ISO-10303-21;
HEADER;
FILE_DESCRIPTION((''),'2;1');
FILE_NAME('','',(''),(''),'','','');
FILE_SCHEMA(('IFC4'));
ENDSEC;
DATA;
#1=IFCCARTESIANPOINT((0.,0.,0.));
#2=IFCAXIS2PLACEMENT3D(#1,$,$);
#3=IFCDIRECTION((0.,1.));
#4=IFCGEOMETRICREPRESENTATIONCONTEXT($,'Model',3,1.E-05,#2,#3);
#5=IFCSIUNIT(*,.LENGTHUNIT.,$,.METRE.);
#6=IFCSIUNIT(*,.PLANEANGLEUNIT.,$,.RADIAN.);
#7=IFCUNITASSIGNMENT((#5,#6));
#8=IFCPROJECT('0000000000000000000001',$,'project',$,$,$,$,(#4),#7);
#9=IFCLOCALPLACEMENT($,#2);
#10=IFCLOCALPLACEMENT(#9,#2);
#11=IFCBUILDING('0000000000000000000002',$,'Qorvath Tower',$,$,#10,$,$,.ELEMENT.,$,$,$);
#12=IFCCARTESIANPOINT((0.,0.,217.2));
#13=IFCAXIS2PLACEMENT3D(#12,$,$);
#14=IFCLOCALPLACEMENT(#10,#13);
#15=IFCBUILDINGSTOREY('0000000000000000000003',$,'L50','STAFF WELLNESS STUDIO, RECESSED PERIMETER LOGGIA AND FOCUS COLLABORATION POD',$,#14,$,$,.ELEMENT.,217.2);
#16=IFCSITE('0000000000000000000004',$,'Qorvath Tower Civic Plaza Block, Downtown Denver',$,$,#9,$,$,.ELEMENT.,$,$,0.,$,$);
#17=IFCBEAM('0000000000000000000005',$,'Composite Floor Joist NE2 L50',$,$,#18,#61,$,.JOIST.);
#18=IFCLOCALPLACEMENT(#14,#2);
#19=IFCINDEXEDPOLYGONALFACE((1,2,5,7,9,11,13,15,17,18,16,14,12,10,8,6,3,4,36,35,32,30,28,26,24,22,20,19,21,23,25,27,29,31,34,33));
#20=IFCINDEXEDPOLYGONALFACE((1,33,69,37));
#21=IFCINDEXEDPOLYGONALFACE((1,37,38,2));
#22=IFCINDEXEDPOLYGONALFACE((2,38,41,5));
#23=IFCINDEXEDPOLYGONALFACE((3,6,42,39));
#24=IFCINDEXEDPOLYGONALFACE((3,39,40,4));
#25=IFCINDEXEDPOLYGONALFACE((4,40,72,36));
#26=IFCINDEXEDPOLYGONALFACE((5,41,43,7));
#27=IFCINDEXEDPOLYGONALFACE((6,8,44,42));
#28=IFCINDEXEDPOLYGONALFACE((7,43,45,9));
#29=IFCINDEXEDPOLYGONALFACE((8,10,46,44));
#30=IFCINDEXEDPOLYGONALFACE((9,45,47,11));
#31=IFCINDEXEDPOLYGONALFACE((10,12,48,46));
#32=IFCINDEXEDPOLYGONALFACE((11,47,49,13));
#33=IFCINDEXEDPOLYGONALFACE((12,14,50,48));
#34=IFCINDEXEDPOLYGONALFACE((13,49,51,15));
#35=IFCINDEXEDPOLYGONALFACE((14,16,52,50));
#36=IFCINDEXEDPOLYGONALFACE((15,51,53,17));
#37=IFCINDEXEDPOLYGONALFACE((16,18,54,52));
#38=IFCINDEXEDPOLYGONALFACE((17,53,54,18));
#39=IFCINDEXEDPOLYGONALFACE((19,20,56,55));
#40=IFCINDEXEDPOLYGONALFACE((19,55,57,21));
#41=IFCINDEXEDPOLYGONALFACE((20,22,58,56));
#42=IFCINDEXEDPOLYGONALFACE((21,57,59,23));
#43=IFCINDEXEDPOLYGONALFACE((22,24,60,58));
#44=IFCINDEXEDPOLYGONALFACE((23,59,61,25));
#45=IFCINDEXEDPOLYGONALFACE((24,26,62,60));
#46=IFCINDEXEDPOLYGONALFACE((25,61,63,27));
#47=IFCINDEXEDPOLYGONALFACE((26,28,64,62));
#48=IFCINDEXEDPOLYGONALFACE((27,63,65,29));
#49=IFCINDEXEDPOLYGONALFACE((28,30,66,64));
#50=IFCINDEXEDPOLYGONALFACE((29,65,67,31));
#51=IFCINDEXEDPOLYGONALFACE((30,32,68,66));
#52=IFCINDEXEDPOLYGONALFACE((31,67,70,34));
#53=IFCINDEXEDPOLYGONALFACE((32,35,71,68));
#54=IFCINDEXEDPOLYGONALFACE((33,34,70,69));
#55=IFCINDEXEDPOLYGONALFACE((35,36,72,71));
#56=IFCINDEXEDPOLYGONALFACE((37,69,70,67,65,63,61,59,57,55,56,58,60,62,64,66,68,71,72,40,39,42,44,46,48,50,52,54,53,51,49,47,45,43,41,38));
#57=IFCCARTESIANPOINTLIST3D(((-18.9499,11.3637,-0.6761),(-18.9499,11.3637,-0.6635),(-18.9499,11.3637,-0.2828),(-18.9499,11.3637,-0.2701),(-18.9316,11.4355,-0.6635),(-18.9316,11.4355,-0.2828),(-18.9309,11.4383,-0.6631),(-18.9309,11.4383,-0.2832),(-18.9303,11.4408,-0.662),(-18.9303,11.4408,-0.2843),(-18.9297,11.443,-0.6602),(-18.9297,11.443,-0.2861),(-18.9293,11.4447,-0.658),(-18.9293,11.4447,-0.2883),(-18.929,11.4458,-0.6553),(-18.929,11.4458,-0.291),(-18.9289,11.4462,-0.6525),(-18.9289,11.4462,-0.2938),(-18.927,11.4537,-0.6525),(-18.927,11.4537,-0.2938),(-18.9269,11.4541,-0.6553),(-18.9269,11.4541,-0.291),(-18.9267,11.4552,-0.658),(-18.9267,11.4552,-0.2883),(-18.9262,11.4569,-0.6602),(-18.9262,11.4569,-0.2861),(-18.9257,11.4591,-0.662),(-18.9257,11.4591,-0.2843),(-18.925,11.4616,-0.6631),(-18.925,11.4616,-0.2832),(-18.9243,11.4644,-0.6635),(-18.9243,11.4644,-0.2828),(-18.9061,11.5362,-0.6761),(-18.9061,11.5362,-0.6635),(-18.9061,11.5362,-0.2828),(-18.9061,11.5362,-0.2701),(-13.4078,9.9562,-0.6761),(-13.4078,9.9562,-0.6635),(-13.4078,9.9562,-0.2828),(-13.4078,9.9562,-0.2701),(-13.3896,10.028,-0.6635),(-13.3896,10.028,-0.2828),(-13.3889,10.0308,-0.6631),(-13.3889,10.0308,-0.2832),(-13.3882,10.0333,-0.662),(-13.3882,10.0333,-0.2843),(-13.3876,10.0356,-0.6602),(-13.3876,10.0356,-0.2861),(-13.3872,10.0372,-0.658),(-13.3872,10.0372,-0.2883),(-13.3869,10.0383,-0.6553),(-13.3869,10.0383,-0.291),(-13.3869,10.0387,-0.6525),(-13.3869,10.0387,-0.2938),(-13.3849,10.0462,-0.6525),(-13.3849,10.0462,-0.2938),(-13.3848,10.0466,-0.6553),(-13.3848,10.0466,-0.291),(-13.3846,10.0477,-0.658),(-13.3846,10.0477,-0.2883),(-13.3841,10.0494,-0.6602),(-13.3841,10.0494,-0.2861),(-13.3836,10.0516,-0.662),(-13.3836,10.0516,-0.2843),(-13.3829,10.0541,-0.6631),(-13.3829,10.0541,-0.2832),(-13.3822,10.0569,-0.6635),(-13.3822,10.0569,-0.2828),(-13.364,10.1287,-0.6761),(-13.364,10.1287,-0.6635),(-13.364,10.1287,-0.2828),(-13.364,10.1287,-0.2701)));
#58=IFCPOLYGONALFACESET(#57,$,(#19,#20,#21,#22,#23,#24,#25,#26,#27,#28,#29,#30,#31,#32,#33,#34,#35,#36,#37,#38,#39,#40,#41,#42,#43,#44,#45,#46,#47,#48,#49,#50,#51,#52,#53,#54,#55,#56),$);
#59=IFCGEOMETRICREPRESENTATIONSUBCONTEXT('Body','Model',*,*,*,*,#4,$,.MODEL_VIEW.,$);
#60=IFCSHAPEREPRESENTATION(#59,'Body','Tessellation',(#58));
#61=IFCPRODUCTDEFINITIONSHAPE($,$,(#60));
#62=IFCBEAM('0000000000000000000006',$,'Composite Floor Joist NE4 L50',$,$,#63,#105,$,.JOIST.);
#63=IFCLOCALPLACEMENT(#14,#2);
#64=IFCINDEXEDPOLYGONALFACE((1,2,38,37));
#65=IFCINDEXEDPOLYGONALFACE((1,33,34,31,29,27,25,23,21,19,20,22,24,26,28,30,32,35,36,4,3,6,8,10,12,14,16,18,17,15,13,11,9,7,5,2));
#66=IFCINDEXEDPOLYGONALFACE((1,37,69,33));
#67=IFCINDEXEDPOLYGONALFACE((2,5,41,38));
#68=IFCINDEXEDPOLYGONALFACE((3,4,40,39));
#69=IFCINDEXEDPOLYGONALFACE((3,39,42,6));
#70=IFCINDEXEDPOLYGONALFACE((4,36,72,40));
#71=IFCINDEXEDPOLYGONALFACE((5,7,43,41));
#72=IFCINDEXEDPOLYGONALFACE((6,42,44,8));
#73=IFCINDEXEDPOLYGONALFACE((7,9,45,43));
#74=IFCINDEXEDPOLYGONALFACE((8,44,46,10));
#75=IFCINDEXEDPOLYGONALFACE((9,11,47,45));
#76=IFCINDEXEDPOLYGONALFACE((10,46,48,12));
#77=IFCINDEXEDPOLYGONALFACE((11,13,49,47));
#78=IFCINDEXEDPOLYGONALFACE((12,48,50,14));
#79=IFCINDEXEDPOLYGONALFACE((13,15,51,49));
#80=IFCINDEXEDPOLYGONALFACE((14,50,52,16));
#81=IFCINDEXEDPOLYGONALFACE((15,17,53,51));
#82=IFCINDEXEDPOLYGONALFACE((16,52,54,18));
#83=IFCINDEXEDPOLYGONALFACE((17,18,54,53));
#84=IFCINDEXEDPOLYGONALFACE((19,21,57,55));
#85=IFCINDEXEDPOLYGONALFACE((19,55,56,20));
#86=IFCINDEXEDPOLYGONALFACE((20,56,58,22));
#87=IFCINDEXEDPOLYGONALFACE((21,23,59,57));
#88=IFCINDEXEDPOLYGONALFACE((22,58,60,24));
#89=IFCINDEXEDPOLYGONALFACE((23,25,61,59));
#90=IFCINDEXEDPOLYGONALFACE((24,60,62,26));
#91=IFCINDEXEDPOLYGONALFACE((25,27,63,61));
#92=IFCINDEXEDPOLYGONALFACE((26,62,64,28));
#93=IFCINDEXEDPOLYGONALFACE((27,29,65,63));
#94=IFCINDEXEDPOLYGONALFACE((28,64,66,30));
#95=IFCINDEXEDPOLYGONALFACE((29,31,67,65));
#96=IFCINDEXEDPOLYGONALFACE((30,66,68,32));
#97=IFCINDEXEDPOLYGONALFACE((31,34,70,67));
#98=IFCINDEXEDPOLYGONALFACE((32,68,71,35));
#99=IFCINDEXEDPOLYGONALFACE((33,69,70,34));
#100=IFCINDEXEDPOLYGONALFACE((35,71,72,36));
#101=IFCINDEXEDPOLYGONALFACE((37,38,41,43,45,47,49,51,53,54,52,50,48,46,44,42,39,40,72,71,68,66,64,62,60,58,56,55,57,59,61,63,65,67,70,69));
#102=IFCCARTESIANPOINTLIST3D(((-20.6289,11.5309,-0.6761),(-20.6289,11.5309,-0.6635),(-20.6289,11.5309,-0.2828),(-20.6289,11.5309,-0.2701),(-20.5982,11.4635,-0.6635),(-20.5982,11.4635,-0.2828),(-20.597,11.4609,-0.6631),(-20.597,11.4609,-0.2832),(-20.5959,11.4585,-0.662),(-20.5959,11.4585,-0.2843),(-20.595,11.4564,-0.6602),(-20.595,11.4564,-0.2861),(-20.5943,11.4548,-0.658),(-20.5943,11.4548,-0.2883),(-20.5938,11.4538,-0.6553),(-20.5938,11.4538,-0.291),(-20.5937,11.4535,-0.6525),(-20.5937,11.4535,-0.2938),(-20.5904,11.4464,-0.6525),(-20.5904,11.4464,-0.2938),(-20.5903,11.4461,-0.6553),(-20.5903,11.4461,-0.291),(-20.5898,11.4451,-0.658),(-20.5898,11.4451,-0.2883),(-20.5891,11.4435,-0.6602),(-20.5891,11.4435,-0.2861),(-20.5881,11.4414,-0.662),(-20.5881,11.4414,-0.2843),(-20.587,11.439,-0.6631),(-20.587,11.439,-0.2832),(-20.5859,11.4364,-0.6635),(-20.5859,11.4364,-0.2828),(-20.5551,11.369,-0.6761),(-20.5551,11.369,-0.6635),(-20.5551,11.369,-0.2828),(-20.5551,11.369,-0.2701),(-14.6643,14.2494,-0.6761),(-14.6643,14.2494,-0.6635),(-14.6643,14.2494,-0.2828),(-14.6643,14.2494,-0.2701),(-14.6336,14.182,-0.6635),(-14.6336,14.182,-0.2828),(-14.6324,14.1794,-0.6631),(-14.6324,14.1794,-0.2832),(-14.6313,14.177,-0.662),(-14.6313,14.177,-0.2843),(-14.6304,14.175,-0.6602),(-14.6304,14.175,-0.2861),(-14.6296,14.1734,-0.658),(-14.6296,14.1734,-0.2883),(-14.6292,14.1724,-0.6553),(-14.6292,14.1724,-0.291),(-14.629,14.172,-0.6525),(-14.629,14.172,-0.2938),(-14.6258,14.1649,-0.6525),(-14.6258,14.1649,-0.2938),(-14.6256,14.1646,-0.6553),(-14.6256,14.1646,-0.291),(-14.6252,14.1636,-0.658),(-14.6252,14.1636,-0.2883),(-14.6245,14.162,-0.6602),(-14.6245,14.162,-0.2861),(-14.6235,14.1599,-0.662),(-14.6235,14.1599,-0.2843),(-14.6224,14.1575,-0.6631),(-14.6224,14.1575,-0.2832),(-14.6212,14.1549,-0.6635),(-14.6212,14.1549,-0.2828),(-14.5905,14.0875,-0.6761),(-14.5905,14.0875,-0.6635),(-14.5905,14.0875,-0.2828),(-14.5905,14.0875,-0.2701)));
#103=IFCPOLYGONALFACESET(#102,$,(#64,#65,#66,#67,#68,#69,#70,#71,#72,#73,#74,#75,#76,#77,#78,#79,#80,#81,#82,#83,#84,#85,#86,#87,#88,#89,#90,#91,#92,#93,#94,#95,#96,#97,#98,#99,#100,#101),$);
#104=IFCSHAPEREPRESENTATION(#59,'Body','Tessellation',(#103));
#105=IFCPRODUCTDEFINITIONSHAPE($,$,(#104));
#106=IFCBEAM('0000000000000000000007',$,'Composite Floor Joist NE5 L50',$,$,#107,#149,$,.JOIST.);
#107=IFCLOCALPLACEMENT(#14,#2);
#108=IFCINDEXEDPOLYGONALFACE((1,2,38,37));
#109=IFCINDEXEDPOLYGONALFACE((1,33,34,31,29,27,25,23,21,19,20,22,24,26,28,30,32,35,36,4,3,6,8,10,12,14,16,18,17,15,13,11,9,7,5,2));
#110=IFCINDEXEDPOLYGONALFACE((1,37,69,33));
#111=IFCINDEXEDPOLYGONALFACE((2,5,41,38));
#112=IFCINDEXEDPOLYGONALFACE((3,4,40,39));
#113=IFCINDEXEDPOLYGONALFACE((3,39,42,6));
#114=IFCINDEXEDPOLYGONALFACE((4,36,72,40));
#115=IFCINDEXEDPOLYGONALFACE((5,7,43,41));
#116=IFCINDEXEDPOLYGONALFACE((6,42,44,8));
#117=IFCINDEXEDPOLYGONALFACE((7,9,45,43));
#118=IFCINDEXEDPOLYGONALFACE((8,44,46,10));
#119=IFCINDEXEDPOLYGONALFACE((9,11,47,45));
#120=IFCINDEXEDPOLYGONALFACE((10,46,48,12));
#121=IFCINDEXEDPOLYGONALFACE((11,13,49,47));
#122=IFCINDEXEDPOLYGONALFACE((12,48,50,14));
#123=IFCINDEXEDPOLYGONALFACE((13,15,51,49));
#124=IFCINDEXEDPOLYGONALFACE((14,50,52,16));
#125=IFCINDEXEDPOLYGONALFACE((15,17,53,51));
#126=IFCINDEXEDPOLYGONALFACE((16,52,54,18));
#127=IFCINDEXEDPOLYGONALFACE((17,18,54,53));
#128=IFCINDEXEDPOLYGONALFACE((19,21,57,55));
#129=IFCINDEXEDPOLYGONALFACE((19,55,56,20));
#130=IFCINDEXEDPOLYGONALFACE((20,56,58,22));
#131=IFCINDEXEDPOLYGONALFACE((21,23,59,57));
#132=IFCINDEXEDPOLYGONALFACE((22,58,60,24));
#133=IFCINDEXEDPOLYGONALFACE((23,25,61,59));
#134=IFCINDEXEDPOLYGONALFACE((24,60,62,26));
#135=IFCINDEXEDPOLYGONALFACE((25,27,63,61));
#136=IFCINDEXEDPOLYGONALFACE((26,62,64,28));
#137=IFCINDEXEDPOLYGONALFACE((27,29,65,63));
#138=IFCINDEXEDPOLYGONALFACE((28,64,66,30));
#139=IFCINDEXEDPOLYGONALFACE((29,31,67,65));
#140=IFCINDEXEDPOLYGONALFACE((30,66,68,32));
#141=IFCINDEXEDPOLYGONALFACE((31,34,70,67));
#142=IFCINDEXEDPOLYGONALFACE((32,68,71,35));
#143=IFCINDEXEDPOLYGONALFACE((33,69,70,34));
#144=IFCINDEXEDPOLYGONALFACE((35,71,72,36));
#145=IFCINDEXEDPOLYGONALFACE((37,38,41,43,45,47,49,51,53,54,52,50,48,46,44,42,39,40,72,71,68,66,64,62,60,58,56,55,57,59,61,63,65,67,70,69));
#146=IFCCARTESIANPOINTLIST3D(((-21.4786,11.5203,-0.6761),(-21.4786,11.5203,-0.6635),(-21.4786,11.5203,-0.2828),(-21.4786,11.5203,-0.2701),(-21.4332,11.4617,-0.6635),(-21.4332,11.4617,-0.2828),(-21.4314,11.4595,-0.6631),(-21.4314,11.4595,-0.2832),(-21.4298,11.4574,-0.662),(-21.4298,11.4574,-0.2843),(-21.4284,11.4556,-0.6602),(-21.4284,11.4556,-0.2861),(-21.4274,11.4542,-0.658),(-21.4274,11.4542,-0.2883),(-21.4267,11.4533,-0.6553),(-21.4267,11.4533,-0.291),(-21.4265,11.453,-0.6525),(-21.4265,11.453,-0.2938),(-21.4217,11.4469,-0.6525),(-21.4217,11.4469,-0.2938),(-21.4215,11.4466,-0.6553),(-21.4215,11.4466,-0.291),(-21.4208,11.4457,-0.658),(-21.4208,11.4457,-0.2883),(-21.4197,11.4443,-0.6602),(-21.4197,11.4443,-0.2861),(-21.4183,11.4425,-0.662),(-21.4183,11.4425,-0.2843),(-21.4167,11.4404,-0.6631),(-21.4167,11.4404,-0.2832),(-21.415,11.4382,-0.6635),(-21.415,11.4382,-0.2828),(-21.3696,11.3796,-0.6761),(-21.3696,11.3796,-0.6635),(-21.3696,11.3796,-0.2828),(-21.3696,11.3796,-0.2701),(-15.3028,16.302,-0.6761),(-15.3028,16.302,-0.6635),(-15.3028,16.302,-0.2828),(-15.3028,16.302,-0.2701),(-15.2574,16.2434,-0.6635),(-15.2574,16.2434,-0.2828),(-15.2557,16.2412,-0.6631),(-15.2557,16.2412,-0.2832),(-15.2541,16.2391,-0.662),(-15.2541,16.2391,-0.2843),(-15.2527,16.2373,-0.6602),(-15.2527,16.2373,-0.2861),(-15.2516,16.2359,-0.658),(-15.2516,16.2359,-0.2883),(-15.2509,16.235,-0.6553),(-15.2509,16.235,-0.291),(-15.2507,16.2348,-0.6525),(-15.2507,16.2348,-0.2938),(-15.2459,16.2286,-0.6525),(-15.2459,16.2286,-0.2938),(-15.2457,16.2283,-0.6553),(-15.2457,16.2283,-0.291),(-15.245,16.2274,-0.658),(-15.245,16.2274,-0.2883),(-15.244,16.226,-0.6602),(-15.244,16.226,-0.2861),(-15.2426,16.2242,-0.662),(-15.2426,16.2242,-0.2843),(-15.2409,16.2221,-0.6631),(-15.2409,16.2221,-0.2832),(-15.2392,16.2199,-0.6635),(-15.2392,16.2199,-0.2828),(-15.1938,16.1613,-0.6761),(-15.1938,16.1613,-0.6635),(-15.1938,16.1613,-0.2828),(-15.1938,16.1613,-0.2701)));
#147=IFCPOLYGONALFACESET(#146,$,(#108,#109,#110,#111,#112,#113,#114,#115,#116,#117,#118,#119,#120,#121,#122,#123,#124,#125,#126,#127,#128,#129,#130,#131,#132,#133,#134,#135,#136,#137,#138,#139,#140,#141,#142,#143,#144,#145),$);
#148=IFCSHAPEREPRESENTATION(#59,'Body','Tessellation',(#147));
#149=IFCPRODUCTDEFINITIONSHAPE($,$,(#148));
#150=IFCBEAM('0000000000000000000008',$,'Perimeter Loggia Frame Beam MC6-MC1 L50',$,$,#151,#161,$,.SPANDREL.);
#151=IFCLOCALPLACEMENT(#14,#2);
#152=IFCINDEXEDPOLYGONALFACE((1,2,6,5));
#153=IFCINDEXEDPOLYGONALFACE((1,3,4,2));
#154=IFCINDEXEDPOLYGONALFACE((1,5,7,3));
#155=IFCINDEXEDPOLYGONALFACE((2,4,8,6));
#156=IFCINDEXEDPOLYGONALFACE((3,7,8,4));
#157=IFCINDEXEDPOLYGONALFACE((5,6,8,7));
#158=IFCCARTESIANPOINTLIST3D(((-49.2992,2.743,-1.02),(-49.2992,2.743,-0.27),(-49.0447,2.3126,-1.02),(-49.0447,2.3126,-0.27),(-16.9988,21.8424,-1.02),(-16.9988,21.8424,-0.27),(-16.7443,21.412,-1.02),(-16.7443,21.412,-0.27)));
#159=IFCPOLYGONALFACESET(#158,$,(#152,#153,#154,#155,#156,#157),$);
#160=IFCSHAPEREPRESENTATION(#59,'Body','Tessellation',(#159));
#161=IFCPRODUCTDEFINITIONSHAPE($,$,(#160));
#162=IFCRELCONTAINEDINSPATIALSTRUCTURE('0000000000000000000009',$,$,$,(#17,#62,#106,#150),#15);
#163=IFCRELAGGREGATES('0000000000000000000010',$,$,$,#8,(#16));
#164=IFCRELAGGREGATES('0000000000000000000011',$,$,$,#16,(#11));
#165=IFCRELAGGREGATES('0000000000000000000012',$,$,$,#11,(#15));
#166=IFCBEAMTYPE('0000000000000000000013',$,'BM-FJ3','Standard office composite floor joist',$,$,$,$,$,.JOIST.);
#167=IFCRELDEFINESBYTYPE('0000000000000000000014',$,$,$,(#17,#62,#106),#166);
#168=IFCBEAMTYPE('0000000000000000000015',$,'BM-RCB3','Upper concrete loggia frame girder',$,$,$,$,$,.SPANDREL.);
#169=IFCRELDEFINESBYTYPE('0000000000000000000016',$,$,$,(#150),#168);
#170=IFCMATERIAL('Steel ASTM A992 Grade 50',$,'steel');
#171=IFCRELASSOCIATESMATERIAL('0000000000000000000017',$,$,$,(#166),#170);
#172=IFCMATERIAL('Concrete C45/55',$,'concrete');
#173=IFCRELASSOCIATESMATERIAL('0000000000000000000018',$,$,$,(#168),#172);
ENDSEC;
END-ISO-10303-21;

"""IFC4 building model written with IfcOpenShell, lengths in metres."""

from ifc_helpers import new_model, si_unit, direction, frame, origin, origin_2d, place, context, subcontext, project, spatial, rectangle, i_section, extrude, material, material_profile, profile_set, type_object, element, save


model = new_model("IFC4")

# Units and contexts
model_context = context("Model", 3, precision=1e-05, world=origin(), true_north=direction((0.0, 1.0)))
body_context = subcontext(model_context, "Body", "Model", "MODEL_VIEW")
ifc_project = project(units=[si_unit("LENGTHUNIT", "METRE"), si_unit("PLANEANGLEUNIT", "RADIAN")], contexts=[model_context])

# Site, building, storey
site_placement = place(None, origin())
site = spatial("IfcSite", under=ifc_project, at=site_placement, Name="Qorvath Tower Civic Plaza Block, Downtown Denver", CompositionType="ELEMENT", RefElevation=0.0)
building_placement = place(site_placement, origin())
building = spatial("IfcBuilding", under=site, at=building_placement, Name="Qorvath Tower", CompositionType="ELEMENT")
storey_placement = place(building_placement, frame((0.0, 0.0, 217.2)))
storey = spatial("IfcBuildingStorey", under=building, at=storey_placement, Name="L50", Description="STAFF WELLNESS STUDIO, RECESSED PERIMETER LOGGIA AND FOCUS COLLABORATION POD", CompositionType="ELEMENT", Elevation=217.2)

# Beams
ifc_material_1 = material(Name="Steel ASTM A992 Grade 50", Category="steel")
ifc_material_profile_1 = material_profile(ifc_material_1, i_section(OverallWidth=0.178, OverallDepth=0.406, WebThickness=0.0078, FlangeThickness=0.0127, FilletRadius=0.011, at=origin_2d()), Name="W16x40")
ifc_profile_set_1 = profile_set([ifc_material_profile_1], Name="Steel ASTM A992 Grade 50")
beam_type_1 = type_object("IfcBeamType", Name="BM-FJ3", Description="Standard office composite floor joist", PredefinedType="JOIST", material=ifc_profile_set_1)
beam_1_placement = place(storey_placement, frame((-18.928, 11.45, -0.4731), z_axis=(0.969232, -0.246151, 0.0), x_axis=(0.246151, 0.969232, 0.0)))
element("IfcBeam", 1, at=beam_1_placement, inside=storey, type_object=beam_type_1, Name="Composite Floor Joist NE2 L50", PredefinedType="JOIST", context=body_context, shape_type="SweptSolid", body=[
    extrude(i_section(OverallWidth=0.178, OverallDepth=0.406, WebThickness=0.0078, FlangeThickness=0.0127, FilletRadius=0.011, at=origin_2d()), origin(), (0.0, 0.0, 1.0), 5.718),
])
beam_2_placement = place(storey_placement, frame((-20.592, 11.45, -0.4731), z_axis=(0.909945, 0.414729, 0.0), x_axis=(-0.414729, 0.909945, 0.0)))
element("IfcBeam", 2, at=beam_2_placement, inside=storey, type_object=beam_type_1, Name="Composite Floor Joist NE4 L50", PredefinedType="JOIST", context=body_context, shape_type="SweptSolid", body=[
    extrude(i_section(OverallWidth=0.178, OverallDepth=0.406, WebThickness=0.0078, FlangeThickness=0.0127, FilletRadius=0.011, at=origin_2d()), origin(), (0.0, 0.0, 1.0), 6.5549),
])
beam_3_placement = place(storey_placement, frame((-21.4241, 11.45, -0.4731), z_axis=(0.790693, 0.612212, 0.0), x_axis=(-0.612212, 0.790693, 0.0)))
element("IfcBeam", 3, at=beam_3_placement, inside=storey, type_object=beam_type_1, Name="Composite Floor Joist NE5 L50", PredefinedType="JOIST", context=body_context, shape_type="SweptSolid", body=[
    extrude(i_section(OverallWidth=0.178, OverallDepth=0.406, WebThickness=0.0078, FlangeThickness=0.0127, FilletRadius=0.011, at=origin_2d()), origin(), (0.0, 0.0, 1.0), 7.8105),
])
ifc_material_2 = material(Name="Concrete C45/55", Category="concrete")
ifc_material_profile_2 = material_profile(ifc_material_2, rectangle(XDim=0.5, YDim=0.75, at=origin_2d()), Name="RCB 750x500")
ifc_profile_set_2 = profile_set([ifc_material_profile_2], Name="Concrete C45/55")
beam_type_2 = type_object("IfcBeamType", Name="BM-RCB3", Description="Upper concrete loggia frame girder", PredefinedType="SPANDREL", material=ifc_profile_set_2)
beam_4_placement = place(storey_placement, frame((-16.8716, 21.6272, -0.645), z_axis=(-0.860777, -0.508983, 0.0), x_axis=(0.508983, -0.860777, 0.0)))
element("IfcBeam", 4, at=beam_4_placement, inside=storey, type_object=beam_type_2, Name="Perimeter Loggia Frame Beam MC6-MC1 L50", PredefinedType="SPANDREL", context=body_context, shape_type="SweptSolid", body=[
    extrude(rectangle(XDim=0.5, YDim=0.75, at=origin_2d()), origin(), (0.0, 0.0, 1.0), 37.5247),
])

save(model, "model.ifc")
